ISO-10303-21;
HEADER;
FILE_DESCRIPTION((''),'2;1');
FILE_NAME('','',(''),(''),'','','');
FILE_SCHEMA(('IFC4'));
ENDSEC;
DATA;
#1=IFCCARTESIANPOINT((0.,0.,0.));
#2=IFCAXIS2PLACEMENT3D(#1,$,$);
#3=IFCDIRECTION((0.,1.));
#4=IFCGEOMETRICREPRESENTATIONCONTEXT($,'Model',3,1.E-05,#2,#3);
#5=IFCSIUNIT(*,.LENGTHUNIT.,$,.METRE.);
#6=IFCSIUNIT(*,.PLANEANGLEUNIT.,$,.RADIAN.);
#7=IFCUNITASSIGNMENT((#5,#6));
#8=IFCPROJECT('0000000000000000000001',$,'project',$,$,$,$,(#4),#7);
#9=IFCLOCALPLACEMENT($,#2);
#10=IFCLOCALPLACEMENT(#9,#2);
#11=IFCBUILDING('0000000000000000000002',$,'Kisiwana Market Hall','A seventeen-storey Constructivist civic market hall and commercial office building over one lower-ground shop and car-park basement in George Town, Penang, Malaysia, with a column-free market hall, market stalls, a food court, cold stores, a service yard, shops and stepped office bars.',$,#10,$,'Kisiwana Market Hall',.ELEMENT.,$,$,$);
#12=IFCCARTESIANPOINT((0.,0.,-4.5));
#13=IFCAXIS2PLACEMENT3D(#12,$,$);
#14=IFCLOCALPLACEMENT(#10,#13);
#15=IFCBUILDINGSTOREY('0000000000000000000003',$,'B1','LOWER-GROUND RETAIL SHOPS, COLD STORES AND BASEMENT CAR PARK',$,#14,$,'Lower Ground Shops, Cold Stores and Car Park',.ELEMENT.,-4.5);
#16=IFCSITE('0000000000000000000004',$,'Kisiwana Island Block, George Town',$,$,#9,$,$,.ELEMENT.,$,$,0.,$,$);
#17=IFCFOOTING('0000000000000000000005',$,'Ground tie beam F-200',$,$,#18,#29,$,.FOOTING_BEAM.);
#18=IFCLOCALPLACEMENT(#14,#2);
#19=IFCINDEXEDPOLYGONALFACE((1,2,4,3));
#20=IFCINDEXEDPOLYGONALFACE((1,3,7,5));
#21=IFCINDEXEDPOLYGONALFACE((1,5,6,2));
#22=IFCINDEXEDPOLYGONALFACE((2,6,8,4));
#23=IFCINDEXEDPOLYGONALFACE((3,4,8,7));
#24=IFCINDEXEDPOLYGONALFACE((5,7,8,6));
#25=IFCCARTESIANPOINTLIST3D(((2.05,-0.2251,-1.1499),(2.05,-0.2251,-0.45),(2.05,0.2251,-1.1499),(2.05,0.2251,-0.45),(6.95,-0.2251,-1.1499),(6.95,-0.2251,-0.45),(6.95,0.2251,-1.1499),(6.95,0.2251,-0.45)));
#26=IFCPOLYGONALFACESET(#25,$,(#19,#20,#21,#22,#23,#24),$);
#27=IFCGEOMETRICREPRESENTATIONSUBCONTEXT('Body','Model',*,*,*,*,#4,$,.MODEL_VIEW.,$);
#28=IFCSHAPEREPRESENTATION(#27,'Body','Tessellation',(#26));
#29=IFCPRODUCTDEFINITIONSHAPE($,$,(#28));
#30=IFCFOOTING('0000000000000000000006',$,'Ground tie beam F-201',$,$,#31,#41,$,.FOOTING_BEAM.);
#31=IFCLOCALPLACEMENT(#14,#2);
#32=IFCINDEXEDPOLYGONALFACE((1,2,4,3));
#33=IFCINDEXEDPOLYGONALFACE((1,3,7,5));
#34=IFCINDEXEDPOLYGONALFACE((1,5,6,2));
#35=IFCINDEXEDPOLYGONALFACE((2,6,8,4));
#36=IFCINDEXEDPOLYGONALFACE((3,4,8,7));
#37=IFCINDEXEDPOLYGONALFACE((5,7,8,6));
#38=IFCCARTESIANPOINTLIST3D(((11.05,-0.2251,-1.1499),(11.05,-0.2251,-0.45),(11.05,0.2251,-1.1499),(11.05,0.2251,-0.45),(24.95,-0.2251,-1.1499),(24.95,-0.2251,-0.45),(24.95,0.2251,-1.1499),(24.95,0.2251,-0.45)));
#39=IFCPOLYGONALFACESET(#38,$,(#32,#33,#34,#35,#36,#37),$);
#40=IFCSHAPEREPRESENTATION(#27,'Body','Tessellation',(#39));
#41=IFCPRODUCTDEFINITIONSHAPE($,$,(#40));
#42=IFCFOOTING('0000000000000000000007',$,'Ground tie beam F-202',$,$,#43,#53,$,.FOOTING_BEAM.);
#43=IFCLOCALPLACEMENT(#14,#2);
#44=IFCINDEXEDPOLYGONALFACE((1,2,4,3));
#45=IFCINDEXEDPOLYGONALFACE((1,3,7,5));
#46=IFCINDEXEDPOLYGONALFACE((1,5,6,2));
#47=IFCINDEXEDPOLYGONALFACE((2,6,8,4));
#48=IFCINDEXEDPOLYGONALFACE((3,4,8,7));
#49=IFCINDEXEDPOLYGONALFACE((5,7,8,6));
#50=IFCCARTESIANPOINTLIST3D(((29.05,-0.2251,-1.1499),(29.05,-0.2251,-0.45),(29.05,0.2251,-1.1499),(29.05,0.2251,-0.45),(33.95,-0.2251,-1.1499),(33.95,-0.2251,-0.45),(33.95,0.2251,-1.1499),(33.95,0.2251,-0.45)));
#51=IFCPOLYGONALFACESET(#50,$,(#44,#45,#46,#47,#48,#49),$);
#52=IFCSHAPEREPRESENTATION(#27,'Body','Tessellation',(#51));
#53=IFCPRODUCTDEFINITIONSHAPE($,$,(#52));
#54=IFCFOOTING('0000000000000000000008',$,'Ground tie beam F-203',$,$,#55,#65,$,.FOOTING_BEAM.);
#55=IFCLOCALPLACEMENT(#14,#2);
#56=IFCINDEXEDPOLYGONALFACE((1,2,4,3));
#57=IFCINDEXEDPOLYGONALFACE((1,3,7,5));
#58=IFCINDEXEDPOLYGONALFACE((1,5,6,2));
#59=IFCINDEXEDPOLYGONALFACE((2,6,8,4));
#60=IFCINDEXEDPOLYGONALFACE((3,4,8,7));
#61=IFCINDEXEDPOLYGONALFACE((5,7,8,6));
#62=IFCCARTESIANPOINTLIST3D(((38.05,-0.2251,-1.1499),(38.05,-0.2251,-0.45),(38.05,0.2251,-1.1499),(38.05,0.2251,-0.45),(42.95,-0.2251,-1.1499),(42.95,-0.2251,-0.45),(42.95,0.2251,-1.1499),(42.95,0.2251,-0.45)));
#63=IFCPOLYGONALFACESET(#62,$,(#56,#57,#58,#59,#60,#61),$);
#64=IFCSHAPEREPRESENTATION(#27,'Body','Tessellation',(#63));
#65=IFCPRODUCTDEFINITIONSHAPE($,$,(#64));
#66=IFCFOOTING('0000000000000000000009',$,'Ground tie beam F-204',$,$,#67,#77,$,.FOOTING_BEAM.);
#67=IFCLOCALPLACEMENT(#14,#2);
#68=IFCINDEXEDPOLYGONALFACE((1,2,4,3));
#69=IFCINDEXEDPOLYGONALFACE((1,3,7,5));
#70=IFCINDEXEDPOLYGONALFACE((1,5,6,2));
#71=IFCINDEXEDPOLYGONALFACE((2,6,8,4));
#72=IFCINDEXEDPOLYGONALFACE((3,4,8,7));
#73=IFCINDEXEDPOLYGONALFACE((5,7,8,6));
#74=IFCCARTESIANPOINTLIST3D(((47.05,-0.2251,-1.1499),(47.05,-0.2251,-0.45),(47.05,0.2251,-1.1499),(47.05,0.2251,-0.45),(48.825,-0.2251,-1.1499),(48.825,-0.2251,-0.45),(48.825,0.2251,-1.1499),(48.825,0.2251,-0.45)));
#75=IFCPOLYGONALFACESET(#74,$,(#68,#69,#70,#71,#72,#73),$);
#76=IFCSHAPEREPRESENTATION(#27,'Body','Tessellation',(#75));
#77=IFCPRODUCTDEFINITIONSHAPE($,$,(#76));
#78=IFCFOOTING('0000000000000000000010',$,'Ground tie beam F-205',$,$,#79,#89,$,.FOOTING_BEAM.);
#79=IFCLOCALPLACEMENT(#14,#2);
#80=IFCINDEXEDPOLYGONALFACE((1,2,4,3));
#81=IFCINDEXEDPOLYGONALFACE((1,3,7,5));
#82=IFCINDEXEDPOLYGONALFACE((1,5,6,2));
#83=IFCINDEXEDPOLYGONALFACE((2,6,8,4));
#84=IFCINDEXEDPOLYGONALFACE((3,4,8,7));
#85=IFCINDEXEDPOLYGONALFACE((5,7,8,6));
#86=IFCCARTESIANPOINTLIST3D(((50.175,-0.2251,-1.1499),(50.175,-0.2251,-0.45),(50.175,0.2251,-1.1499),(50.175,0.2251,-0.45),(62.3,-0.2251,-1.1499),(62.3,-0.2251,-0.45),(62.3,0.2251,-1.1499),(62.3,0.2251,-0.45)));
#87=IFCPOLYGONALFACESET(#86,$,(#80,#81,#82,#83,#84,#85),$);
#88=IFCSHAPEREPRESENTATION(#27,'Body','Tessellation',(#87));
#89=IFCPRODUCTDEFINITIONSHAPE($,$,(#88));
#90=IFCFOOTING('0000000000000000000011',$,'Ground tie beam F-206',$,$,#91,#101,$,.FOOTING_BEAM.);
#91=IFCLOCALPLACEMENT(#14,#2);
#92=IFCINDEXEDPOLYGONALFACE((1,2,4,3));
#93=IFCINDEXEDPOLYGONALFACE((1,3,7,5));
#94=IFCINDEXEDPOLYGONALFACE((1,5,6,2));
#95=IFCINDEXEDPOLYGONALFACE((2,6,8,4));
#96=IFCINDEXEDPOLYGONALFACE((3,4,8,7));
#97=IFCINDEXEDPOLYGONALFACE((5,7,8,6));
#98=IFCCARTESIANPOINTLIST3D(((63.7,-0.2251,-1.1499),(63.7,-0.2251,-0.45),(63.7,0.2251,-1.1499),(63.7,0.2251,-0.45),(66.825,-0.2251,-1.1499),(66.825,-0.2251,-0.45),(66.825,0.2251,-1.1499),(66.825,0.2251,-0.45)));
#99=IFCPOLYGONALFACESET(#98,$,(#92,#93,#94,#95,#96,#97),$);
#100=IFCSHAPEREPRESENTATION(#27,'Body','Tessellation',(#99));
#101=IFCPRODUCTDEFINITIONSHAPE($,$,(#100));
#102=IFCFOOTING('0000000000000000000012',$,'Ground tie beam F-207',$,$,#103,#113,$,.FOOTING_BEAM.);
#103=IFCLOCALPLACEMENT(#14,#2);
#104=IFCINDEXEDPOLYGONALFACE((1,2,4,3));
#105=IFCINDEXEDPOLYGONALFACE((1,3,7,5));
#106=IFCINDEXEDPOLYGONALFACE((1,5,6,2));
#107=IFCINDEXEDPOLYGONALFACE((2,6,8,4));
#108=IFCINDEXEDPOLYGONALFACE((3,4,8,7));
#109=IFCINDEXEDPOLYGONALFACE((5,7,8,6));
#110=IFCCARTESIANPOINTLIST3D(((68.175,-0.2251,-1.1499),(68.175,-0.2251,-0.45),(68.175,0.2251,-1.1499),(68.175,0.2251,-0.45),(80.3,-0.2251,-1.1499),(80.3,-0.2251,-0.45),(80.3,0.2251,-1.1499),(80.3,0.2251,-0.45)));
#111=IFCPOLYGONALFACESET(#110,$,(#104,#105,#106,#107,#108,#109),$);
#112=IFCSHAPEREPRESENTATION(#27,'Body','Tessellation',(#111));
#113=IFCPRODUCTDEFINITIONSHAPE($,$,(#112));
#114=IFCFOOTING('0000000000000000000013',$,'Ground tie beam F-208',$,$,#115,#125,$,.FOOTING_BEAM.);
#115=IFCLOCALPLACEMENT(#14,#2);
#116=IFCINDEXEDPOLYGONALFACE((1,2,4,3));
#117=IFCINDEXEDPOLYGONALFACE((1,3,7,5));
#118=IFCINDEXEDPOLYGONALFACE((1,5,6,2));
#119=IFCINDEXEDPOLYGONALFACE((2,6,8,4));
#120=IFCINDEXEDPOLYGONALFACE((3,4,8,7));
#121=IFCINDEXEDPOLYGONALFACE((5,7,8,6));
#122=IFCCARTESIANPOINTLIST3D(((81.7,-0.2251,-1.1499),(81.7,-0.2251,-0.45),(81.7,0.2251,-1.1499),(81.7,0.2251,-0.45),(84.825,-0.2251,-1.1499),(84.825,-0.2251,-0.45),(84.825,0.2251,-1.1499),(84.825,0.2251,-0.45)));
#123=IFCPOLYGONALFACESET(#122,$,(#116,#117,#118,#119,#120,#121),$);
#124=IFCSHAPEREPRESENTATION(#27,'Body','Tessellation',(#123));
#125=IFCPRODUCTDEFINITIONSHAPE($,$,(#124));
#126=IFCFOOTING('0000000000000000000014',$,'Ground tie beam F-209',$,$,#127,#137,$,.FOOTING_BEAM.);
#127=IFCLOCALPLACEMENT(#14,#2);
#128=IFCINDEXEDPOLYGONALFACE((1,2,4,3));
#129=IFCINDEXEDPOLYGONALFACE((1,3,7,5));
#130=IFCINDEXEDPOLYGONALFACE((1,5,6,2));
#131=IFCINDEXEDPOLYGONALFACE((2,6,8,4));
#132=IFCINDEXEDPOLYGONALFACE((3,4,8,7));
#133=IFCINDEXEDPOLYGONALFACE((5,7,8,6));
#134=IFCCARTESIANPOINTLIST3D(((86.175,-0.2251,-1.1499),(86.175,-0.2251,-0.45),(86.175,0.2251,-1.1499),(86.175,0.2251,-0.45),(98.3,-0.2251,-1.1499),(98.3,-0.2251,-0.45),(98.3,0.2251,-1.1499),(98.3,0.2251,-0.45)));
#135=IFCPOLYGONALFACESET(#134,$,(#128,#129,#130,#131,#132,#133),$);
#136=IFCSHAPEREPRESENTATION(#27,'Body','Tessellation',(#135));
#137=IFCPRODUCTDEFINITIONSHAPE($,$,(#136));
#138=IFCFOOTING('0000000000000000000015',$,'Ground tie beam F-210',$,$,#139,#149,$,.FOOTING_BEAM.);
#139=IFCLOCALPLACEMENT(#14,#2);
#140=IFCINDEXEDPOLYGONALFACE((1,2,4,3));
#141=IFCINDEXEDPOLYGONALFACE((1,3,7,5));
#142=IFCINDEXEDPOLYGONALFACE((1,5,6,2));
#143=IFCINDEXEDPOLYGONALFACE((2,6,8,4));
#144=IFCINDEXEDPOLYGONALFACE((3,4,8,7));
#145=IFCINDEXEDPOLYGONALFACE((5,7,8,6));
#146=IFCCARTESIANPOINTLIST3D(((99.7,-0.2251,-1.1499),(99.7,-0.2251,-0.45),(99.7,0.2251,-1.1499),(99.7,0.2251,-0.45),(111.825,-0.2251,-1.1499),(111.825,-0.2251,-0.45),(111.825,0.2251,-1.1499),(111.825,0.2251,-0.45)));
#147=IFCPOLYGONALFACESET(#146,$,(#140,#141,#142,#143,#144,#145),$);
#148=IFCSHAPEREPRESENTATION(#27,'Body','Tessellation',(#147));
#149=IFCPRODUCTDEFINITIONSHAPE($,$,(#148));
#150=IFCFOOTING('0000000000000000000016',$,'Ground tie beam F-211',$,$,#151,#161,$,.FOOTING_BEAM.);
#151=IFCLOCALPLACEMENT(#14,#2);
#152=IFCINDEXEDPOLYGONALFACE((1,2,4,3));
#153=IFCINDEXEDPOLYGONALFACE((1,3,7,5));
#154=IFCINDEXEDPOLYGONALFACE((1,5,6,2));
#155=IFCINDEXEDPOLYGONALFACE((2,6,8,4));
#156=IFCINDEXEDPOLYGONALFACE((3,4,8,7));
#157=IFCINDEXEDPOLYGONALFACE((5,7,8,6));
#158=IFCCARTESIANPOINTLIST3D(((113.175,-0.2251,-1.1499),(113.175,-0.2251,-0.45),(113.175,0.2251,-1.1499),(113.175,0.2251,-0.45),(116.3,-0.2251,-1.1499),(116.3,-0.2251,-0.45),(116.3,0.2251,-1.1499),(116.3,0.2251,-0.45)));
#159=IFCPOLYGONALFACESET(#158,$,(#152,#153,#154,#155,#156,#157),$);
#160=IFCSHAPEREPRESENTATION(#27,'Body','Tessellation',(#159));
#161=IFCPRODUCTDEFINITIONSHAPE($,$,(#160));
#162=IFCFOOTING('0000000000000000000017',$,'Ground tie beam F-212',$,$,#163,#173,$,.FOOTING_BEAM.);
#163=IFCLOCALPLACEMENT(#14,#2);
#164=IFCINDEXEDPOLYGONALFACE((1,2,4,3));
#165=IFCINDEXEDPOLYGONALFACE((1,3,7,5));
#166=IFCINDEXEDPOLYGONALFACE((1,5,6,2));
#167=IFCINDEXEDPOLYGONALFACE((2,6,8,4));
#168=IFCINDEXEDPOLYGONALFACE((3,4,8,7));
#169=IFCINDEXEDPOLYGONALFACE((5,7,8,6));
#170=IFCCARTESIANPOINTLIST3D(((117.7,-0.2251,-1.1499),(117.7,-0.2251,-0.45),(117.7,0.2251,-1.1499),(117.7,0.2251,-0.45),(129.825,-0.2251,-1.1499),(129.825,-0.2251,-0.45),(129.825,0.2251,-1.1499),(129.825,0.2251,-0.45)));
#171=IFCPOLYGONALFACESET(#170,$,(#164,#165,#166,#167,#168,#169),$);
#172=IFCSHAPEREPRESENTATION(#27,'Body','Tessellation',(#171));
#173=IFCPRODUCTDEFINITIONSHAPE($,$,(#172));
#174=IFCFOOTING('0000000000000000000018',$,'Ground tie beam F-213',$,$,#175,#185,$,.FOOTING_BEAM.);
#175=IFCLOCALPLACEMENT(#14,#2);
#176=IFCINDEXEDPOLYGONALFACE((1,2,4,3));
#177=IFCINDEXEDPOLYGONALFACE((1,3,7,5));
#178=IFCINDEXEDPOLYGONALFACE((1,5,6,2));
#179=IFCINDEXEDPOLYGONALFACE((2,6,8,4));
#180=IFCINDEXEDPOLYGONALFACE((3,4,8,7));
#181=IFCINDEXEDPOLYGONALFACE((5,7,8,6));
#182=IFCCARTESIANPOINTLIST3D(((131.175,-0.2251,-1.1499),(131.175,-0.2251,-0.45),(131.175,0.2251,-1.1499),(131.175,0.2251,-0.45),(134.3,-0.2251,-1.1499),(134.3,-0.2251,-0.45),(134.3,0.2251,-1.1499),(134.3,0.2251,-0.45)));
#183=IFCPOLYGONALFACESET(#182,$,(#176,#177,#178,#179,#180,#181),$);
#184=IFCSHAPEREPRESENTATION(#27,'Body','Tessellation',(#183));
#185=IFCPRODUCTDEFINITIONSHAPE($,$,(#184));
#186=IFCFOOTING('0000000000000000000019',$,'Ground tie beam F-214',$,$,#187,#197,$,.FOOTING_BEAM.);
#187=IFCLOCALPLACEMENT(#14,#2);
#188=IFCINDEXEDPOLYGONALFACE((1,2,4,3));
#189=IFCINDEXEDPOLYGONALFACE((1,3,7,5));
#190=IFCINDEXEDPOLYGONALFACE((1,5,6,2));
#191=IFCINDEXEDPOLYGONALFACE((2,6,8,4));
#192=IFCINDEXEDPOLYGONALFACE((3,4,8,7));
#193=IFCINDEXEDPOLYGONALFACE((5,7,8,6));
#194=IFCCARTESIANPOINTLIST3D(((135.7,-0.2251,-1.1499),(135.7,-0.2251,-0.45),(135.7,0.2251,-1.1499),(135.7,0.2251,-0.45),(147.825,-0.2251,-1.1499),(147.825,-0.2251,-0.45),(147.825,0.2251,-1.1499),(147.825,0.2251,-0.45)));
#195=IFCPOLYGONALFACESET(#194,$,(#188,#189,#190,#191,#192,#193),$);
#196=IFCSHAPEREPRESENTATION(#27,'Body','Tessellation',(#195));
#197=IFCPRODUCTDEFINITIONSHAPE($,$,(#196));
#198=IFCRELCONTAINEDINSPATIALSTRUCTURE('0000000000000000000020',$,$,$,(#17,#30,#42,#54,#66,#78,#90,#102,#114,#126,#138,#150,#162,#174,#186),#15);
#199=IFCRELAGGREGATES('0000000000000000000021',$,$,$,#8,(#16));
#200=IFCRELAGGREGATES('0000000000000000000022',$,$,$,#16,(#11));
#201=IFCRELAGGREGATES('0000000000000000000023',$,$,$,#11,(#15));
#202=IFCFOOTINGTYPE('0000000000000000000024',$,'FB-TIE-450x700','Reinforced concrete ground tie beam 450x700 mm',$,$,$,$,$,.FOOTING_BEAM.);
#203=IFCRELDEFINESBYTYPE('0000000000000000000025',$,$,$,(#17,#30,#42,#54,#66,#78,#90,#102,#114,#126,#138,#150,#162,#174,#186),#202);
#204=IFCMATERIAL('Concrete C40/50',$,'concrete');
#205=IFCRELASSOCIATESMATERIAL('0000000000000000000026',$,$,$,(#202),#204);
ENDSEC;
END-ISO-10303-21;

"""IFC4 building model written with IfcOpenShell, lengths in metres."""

from ifc_helpers import new_model, si_unit, direction, frame, origin, place, context, subcontext, project, spatial, polyline, outline, extrude, material, type_object, element, save


model = new_model("IFC4")

# Units and contexts
model_context = context("Model", 3, precision=1e-05, world=origin(), true_north=direction((0.0, 1.0)))
body_context = subcontext(model_context, "Body", "Model", "MODEL_VIEW")
ifc_project = project(units=[si_unit("LENGTHUNIT", "METRE"), si_unit("PLANEANGLEUNIT", "RADIAN")], contexts=[model_context])

# Site, building, storey
site_placement = place(None, origin())
site = spatial("IfcSite", under=ifc_project, at=site_placement, Name="Kisiwana Island Block, George Town", CompositionType="ELEMENT", RefElevation=0.0)
building_placement = place(site_placement, origin())
building = spatial("IfcBuilding", under=site, at=building_placement, Name="Kisiwana Market Hall", Description="A seventeen-storey Constructivist civic market hall and commercial office building over one lower-ground shop and car-park basement in George Town, Penang, Malaysia, with a column-free market hall, market stalls, a food court, cold stores, a service yard, shops and stepped office bars.", LongName="Kisiwana Market Hall", CompositionType="ELEMENT")
storey_placement = place(building_placement, frame((0.0, 0.0, -4.5)))
storey = spatial("IfcBuildingStorey", under=building, at=storey_placement, Name="B1", Description="LOWER-GROUND RETAIL SHOPS, COLD STORES AND BASEMENT CAR PARK", LongName="Lower Ground Shops, Cold Stores and Car Park", CompositionType="ELEMENT", Elevation=-4.5)

# Footings
ifc_material_1 = material(Name="Concrete C40/50", Category="concrete")
footing_type_1 = type_object("IfcFootingType", Name="FB-TIE-450x700", Description="Reinforced concrete ground tie beam 450x700 mm", PredefinedType="FOOTING_BEAM", material=ifc_material_1)
footing_1_placement = place(storey_placement, frame((0.0, 0.0, -1.1499)))
element("IfcFooting", 1, at=footing_1_placement, inside=storey, type_object=footing_type_1, Name="Ground tie beam F-200", PredefinedType="FOOTING_BEAM", context=body_context, shape_type="SweptSolid", body=[
    extrude(outline(polyline([(2.05, -0.2251), (6.95, -0.2251), (6.95, 0.2251), (2.05, 0.2251), (2.05, -0.2251)])), origin(), (0.0, 0.0, 1.0), 0.7),
])
footing_2_placement = place(storey_placement, frame((0.0, 0.0, -1.1499)))
element("IfcFooting", 2, at=footing_2_placement, inside=storey, type_object=footing_type_1, Name="Ground tie beam F-201", PredefinedType="FOOTING_BEAM", context=body_context, shape_type="SweptSolid", body=[
    extrude(outline(polyline([(11.05, -0.2251), (24.95, -0.2251), (24.95, 0.2251), (11.05, 0.2251), (11.05, -0.2251)])), origin(), (0.0, 0.0, 1.0), 0.7),
])
footing_3_placement = place(storey_placement, frame((0.0, 0.0, -1.1499)))
element("IfcFooting", 3, at=footing_3_placement, inside=storey, type_object=footing_type_1, Name="Ground tie beam F-202", PredefinedType="FOOTING_BEAM", context=body_context, shape_type="SweptSolid", body=[
    extrude(outline(polyline([(29.05, -0.2251), (33.95, -0.2251), (33.95, 0.2251), (29.05, 0.2251), (29.05, -0.2251)])), origin(), (0.0, 0.0, 1.0), 0.7),
])
footing_4_placement = place(storey_placement, frame((0.0, 0.0, -1.1499)))
element("IfcFooting", 4, at=footing_4_placement, inside=storey, type_object=footing_type_1, Name="Ground tie beam F-203", PredefinedType="FOOTING_BEAM", context=body_context, shape_type="SweptSolid", body=[
    extrude(outline(polyline([(38.05, -0.2251), (42.95, -0.2251), (42.95, 0.2251), (38.05, 0.2251), (38.05, -0.2251)])), origin(), (0.0, 0.0, 1.0), 0.7),
])
footing_5_placement = place(storey_placement, frame((0.0, 0.0, -1.1499)))
element("IfcFooting", 5, at=footing_5_placement, inside=storey, type_object=footing_type_1, Name="Ground tie beam F-204", PredefinedType="FOOTING_BEAM", context=body_context, shape_type="SweptSolid", body=[
    extrude(outline(polyline([(47.05, -0.2251), (48.825, -0.2251), (48.825, 0.2251), (47.05, 0.2251), (47.05, -0.2251)])), origin(), (0.0, 0.0, 1.0), 0.7),
])
footing_6_placement = place(storey_placement, frame((0.0, 0.0, -1.1499)))
element("IfcFooting", 6, at=footing_6_placement, inside=storey, type_object=footing_type_1, Name="Ground tie beam F-205", PredefinedType="FOOTING_BEAM", context=body_context, shape_type="SweptSolid", body=[
    extrude(outline(polyline([(50.175, -0.2251), (62.3, -0.2251), (62.3, 0.2251), (50.175, 0.2251), (50.175, -0.2251)])), origin(), (0.0, 0.0, 1.0), 0.7),
])
footing_7_placement = place(storey_placement, frame((0.0, 0.0, -1.1499)))
element("IfcFooting", 7, at=footing_7_placement, inside=storey, type_object=footing_type_1, Name="Ground tie beam F-206", PredefinedType="FOOTING_BEAM", context=body_context, shape_type="SweptSolid", body=[
    extrude(outline(polyline([(63.7, -0.2251), (66.825, -0.2251), (66.825, 0.2251), (63.7, 0.2251), (63.7, -0.2251)])), origin(), (0.0, 0.0, 1.0), 0.7),
])
footing_8_placement = place(storey_placement, frame((0.0, 0.0, -1.1499)))
element("IfcFooting", 8, at=footing_8_placement, inside=storey, type_object=footing_type_1, Name="Ground tie beam F-207", PredefinedType="FOOTING_BEAM", context=body_context, shape_type="SweptSolid", body=[
    extrude(outline(polyline([(68.175, -0.2251), (80.3, -0.2251), (80.3, 0.2251), (68.175, 0.2251), (68.175, -0.2251)])), origin(), (0.0, 0.0, 1.0), 0.7),
])
footing_9_placement = place(storey_placement, frame((0.0, 0.0, -1.1499)))
element("IfcFooting", 9, at=footing_9_placement, inside=storey, type_object=footing_type_1, Name="Ground tie beam F-208", PredefinedType="FOOTING_BEAM", context=body_context, shape_type="SweptSolid", body=[
    extrude(outline(polyline([(81.7, -0.2251), (84.825, -0.2251), (84.825, 0.2251), (81.7, 0.2251), (81.7, -0.2251)])), origin(), (0.0, 0.0, 1.0), 0.7),
])
footing_10_placement = place(storey_placement, frame((0.0, 0.0, -1.1499)))
element("IfcFooting", 10, at=footing_10_placement, inside=storey, type_object=footing_type_1, Name="Ground tie beam F-209", PredefinedType="FOOTING_BEAM", context=body_context, shape_type="SweptSolid", body=[
    extrude(outline(polyline([(86.175, -0.2251), (98.3, -0.2251), (98.3, 0.2251), (86.175, 0.2251), (86.175, -0.2251)])), origin(), (0.0, 0.0, 1.0), 0.7),
])
footing_11_placement = place(storey_placement, frame((0.0, 0.0, -1.1499)))
element("IfcFooting", 11, at=footing_11_placement, inside=storey, type_object=footing_type_1, Name="Ground tie beam F-210", PredefinedType="FOOTING_BEAM", context=body_context, shape_type="SweptSolid", body=[
    extrude(outline(polyline([(99.7, -0.2251), (111.825, -0.2251), (111.825, 0.2251), (99.7, 0.2251), (99.7, -0.2251)])), origin(), (0.0, 0.0, 1.0), 0.7),
])
footing_12_placement = place(storey_placement, frame((0.0, 0.0, -1.1499)))
element("IfcFooting", 12, at=footing_12_placement, inside=storey, type_object=footing_type_1, Name="Ground tie beam F-211", PredefinedType="FOOTING_BEAM", context=body_context, shape_type="SweptSolid", body=[
    extrude(outline(polyline([(113.175, -0.2251), (116.3, -0.2251), (116.3, 0.2251), (113.175, 0.2251), (113.175, -0.2251)])), origin(), (0.0, 0.0, 1.0), 0.7),
])
footing_13_placement = place(storey_placement, frame((0.0, 0.0, -1.1499)))
element("IfcFooting", 13, at=footing_13_placement, inside=storey, type_object=footing_type_1, Name="Ground tie beam F-212", PredefinedType="FOOTING_BEAM", context=body_context, shape_type="SweptSolid", body=[
    extrude(outline(polyline([(117.7, -0.2251), (129.825, -0.2251), (129.825, 0.2251), (117.7, 0.2251), (117.7, -0.2251)])), origin(), (0.0, 0.0, 1.0), 0.7),
])
footing_14_placement = place(storey_placement, frame((0.0, 0.0, -1.1499)))
element("IfcFooting", 14, at=footing_14_placement, inside=storey, type_object=footing_type_1, Name="Ground tie beam F-213", PredefinedType="FOOTING_BEAM", context=body_context, shape_type="SweptSolid", body=[
    extrude(outline(polyline([(131.175, -0.2251), (134.3, -0.2251), (134.3, 0.2251), (131.175, 0.2251), (131.175, -0.2251)])), origin(), (0.0, 0.0, 1.0), 0.7),
])
footing_15_placement = place(storey_placement, frame((0.0, 0.0, -1.1499)))
element("IfcFooting", 15, at=footing_15_placement, inside=storey, type_object=footing_type_1, Name="Ground tie beam F-214", PredefinedType="FOOTING_BEAM", context=body_context, shape_type="SweptSolid", body=[
    extrude(outline(polyline([(135.7, -0.2251), (147.825, -0.2251), (147.825, 0.2251), (135.7, 0.2251), (135.7, -0.2251)])), origin(), (0.0, 0.0, 1.0), 0.7),
])

save(model, "model.ifc")
